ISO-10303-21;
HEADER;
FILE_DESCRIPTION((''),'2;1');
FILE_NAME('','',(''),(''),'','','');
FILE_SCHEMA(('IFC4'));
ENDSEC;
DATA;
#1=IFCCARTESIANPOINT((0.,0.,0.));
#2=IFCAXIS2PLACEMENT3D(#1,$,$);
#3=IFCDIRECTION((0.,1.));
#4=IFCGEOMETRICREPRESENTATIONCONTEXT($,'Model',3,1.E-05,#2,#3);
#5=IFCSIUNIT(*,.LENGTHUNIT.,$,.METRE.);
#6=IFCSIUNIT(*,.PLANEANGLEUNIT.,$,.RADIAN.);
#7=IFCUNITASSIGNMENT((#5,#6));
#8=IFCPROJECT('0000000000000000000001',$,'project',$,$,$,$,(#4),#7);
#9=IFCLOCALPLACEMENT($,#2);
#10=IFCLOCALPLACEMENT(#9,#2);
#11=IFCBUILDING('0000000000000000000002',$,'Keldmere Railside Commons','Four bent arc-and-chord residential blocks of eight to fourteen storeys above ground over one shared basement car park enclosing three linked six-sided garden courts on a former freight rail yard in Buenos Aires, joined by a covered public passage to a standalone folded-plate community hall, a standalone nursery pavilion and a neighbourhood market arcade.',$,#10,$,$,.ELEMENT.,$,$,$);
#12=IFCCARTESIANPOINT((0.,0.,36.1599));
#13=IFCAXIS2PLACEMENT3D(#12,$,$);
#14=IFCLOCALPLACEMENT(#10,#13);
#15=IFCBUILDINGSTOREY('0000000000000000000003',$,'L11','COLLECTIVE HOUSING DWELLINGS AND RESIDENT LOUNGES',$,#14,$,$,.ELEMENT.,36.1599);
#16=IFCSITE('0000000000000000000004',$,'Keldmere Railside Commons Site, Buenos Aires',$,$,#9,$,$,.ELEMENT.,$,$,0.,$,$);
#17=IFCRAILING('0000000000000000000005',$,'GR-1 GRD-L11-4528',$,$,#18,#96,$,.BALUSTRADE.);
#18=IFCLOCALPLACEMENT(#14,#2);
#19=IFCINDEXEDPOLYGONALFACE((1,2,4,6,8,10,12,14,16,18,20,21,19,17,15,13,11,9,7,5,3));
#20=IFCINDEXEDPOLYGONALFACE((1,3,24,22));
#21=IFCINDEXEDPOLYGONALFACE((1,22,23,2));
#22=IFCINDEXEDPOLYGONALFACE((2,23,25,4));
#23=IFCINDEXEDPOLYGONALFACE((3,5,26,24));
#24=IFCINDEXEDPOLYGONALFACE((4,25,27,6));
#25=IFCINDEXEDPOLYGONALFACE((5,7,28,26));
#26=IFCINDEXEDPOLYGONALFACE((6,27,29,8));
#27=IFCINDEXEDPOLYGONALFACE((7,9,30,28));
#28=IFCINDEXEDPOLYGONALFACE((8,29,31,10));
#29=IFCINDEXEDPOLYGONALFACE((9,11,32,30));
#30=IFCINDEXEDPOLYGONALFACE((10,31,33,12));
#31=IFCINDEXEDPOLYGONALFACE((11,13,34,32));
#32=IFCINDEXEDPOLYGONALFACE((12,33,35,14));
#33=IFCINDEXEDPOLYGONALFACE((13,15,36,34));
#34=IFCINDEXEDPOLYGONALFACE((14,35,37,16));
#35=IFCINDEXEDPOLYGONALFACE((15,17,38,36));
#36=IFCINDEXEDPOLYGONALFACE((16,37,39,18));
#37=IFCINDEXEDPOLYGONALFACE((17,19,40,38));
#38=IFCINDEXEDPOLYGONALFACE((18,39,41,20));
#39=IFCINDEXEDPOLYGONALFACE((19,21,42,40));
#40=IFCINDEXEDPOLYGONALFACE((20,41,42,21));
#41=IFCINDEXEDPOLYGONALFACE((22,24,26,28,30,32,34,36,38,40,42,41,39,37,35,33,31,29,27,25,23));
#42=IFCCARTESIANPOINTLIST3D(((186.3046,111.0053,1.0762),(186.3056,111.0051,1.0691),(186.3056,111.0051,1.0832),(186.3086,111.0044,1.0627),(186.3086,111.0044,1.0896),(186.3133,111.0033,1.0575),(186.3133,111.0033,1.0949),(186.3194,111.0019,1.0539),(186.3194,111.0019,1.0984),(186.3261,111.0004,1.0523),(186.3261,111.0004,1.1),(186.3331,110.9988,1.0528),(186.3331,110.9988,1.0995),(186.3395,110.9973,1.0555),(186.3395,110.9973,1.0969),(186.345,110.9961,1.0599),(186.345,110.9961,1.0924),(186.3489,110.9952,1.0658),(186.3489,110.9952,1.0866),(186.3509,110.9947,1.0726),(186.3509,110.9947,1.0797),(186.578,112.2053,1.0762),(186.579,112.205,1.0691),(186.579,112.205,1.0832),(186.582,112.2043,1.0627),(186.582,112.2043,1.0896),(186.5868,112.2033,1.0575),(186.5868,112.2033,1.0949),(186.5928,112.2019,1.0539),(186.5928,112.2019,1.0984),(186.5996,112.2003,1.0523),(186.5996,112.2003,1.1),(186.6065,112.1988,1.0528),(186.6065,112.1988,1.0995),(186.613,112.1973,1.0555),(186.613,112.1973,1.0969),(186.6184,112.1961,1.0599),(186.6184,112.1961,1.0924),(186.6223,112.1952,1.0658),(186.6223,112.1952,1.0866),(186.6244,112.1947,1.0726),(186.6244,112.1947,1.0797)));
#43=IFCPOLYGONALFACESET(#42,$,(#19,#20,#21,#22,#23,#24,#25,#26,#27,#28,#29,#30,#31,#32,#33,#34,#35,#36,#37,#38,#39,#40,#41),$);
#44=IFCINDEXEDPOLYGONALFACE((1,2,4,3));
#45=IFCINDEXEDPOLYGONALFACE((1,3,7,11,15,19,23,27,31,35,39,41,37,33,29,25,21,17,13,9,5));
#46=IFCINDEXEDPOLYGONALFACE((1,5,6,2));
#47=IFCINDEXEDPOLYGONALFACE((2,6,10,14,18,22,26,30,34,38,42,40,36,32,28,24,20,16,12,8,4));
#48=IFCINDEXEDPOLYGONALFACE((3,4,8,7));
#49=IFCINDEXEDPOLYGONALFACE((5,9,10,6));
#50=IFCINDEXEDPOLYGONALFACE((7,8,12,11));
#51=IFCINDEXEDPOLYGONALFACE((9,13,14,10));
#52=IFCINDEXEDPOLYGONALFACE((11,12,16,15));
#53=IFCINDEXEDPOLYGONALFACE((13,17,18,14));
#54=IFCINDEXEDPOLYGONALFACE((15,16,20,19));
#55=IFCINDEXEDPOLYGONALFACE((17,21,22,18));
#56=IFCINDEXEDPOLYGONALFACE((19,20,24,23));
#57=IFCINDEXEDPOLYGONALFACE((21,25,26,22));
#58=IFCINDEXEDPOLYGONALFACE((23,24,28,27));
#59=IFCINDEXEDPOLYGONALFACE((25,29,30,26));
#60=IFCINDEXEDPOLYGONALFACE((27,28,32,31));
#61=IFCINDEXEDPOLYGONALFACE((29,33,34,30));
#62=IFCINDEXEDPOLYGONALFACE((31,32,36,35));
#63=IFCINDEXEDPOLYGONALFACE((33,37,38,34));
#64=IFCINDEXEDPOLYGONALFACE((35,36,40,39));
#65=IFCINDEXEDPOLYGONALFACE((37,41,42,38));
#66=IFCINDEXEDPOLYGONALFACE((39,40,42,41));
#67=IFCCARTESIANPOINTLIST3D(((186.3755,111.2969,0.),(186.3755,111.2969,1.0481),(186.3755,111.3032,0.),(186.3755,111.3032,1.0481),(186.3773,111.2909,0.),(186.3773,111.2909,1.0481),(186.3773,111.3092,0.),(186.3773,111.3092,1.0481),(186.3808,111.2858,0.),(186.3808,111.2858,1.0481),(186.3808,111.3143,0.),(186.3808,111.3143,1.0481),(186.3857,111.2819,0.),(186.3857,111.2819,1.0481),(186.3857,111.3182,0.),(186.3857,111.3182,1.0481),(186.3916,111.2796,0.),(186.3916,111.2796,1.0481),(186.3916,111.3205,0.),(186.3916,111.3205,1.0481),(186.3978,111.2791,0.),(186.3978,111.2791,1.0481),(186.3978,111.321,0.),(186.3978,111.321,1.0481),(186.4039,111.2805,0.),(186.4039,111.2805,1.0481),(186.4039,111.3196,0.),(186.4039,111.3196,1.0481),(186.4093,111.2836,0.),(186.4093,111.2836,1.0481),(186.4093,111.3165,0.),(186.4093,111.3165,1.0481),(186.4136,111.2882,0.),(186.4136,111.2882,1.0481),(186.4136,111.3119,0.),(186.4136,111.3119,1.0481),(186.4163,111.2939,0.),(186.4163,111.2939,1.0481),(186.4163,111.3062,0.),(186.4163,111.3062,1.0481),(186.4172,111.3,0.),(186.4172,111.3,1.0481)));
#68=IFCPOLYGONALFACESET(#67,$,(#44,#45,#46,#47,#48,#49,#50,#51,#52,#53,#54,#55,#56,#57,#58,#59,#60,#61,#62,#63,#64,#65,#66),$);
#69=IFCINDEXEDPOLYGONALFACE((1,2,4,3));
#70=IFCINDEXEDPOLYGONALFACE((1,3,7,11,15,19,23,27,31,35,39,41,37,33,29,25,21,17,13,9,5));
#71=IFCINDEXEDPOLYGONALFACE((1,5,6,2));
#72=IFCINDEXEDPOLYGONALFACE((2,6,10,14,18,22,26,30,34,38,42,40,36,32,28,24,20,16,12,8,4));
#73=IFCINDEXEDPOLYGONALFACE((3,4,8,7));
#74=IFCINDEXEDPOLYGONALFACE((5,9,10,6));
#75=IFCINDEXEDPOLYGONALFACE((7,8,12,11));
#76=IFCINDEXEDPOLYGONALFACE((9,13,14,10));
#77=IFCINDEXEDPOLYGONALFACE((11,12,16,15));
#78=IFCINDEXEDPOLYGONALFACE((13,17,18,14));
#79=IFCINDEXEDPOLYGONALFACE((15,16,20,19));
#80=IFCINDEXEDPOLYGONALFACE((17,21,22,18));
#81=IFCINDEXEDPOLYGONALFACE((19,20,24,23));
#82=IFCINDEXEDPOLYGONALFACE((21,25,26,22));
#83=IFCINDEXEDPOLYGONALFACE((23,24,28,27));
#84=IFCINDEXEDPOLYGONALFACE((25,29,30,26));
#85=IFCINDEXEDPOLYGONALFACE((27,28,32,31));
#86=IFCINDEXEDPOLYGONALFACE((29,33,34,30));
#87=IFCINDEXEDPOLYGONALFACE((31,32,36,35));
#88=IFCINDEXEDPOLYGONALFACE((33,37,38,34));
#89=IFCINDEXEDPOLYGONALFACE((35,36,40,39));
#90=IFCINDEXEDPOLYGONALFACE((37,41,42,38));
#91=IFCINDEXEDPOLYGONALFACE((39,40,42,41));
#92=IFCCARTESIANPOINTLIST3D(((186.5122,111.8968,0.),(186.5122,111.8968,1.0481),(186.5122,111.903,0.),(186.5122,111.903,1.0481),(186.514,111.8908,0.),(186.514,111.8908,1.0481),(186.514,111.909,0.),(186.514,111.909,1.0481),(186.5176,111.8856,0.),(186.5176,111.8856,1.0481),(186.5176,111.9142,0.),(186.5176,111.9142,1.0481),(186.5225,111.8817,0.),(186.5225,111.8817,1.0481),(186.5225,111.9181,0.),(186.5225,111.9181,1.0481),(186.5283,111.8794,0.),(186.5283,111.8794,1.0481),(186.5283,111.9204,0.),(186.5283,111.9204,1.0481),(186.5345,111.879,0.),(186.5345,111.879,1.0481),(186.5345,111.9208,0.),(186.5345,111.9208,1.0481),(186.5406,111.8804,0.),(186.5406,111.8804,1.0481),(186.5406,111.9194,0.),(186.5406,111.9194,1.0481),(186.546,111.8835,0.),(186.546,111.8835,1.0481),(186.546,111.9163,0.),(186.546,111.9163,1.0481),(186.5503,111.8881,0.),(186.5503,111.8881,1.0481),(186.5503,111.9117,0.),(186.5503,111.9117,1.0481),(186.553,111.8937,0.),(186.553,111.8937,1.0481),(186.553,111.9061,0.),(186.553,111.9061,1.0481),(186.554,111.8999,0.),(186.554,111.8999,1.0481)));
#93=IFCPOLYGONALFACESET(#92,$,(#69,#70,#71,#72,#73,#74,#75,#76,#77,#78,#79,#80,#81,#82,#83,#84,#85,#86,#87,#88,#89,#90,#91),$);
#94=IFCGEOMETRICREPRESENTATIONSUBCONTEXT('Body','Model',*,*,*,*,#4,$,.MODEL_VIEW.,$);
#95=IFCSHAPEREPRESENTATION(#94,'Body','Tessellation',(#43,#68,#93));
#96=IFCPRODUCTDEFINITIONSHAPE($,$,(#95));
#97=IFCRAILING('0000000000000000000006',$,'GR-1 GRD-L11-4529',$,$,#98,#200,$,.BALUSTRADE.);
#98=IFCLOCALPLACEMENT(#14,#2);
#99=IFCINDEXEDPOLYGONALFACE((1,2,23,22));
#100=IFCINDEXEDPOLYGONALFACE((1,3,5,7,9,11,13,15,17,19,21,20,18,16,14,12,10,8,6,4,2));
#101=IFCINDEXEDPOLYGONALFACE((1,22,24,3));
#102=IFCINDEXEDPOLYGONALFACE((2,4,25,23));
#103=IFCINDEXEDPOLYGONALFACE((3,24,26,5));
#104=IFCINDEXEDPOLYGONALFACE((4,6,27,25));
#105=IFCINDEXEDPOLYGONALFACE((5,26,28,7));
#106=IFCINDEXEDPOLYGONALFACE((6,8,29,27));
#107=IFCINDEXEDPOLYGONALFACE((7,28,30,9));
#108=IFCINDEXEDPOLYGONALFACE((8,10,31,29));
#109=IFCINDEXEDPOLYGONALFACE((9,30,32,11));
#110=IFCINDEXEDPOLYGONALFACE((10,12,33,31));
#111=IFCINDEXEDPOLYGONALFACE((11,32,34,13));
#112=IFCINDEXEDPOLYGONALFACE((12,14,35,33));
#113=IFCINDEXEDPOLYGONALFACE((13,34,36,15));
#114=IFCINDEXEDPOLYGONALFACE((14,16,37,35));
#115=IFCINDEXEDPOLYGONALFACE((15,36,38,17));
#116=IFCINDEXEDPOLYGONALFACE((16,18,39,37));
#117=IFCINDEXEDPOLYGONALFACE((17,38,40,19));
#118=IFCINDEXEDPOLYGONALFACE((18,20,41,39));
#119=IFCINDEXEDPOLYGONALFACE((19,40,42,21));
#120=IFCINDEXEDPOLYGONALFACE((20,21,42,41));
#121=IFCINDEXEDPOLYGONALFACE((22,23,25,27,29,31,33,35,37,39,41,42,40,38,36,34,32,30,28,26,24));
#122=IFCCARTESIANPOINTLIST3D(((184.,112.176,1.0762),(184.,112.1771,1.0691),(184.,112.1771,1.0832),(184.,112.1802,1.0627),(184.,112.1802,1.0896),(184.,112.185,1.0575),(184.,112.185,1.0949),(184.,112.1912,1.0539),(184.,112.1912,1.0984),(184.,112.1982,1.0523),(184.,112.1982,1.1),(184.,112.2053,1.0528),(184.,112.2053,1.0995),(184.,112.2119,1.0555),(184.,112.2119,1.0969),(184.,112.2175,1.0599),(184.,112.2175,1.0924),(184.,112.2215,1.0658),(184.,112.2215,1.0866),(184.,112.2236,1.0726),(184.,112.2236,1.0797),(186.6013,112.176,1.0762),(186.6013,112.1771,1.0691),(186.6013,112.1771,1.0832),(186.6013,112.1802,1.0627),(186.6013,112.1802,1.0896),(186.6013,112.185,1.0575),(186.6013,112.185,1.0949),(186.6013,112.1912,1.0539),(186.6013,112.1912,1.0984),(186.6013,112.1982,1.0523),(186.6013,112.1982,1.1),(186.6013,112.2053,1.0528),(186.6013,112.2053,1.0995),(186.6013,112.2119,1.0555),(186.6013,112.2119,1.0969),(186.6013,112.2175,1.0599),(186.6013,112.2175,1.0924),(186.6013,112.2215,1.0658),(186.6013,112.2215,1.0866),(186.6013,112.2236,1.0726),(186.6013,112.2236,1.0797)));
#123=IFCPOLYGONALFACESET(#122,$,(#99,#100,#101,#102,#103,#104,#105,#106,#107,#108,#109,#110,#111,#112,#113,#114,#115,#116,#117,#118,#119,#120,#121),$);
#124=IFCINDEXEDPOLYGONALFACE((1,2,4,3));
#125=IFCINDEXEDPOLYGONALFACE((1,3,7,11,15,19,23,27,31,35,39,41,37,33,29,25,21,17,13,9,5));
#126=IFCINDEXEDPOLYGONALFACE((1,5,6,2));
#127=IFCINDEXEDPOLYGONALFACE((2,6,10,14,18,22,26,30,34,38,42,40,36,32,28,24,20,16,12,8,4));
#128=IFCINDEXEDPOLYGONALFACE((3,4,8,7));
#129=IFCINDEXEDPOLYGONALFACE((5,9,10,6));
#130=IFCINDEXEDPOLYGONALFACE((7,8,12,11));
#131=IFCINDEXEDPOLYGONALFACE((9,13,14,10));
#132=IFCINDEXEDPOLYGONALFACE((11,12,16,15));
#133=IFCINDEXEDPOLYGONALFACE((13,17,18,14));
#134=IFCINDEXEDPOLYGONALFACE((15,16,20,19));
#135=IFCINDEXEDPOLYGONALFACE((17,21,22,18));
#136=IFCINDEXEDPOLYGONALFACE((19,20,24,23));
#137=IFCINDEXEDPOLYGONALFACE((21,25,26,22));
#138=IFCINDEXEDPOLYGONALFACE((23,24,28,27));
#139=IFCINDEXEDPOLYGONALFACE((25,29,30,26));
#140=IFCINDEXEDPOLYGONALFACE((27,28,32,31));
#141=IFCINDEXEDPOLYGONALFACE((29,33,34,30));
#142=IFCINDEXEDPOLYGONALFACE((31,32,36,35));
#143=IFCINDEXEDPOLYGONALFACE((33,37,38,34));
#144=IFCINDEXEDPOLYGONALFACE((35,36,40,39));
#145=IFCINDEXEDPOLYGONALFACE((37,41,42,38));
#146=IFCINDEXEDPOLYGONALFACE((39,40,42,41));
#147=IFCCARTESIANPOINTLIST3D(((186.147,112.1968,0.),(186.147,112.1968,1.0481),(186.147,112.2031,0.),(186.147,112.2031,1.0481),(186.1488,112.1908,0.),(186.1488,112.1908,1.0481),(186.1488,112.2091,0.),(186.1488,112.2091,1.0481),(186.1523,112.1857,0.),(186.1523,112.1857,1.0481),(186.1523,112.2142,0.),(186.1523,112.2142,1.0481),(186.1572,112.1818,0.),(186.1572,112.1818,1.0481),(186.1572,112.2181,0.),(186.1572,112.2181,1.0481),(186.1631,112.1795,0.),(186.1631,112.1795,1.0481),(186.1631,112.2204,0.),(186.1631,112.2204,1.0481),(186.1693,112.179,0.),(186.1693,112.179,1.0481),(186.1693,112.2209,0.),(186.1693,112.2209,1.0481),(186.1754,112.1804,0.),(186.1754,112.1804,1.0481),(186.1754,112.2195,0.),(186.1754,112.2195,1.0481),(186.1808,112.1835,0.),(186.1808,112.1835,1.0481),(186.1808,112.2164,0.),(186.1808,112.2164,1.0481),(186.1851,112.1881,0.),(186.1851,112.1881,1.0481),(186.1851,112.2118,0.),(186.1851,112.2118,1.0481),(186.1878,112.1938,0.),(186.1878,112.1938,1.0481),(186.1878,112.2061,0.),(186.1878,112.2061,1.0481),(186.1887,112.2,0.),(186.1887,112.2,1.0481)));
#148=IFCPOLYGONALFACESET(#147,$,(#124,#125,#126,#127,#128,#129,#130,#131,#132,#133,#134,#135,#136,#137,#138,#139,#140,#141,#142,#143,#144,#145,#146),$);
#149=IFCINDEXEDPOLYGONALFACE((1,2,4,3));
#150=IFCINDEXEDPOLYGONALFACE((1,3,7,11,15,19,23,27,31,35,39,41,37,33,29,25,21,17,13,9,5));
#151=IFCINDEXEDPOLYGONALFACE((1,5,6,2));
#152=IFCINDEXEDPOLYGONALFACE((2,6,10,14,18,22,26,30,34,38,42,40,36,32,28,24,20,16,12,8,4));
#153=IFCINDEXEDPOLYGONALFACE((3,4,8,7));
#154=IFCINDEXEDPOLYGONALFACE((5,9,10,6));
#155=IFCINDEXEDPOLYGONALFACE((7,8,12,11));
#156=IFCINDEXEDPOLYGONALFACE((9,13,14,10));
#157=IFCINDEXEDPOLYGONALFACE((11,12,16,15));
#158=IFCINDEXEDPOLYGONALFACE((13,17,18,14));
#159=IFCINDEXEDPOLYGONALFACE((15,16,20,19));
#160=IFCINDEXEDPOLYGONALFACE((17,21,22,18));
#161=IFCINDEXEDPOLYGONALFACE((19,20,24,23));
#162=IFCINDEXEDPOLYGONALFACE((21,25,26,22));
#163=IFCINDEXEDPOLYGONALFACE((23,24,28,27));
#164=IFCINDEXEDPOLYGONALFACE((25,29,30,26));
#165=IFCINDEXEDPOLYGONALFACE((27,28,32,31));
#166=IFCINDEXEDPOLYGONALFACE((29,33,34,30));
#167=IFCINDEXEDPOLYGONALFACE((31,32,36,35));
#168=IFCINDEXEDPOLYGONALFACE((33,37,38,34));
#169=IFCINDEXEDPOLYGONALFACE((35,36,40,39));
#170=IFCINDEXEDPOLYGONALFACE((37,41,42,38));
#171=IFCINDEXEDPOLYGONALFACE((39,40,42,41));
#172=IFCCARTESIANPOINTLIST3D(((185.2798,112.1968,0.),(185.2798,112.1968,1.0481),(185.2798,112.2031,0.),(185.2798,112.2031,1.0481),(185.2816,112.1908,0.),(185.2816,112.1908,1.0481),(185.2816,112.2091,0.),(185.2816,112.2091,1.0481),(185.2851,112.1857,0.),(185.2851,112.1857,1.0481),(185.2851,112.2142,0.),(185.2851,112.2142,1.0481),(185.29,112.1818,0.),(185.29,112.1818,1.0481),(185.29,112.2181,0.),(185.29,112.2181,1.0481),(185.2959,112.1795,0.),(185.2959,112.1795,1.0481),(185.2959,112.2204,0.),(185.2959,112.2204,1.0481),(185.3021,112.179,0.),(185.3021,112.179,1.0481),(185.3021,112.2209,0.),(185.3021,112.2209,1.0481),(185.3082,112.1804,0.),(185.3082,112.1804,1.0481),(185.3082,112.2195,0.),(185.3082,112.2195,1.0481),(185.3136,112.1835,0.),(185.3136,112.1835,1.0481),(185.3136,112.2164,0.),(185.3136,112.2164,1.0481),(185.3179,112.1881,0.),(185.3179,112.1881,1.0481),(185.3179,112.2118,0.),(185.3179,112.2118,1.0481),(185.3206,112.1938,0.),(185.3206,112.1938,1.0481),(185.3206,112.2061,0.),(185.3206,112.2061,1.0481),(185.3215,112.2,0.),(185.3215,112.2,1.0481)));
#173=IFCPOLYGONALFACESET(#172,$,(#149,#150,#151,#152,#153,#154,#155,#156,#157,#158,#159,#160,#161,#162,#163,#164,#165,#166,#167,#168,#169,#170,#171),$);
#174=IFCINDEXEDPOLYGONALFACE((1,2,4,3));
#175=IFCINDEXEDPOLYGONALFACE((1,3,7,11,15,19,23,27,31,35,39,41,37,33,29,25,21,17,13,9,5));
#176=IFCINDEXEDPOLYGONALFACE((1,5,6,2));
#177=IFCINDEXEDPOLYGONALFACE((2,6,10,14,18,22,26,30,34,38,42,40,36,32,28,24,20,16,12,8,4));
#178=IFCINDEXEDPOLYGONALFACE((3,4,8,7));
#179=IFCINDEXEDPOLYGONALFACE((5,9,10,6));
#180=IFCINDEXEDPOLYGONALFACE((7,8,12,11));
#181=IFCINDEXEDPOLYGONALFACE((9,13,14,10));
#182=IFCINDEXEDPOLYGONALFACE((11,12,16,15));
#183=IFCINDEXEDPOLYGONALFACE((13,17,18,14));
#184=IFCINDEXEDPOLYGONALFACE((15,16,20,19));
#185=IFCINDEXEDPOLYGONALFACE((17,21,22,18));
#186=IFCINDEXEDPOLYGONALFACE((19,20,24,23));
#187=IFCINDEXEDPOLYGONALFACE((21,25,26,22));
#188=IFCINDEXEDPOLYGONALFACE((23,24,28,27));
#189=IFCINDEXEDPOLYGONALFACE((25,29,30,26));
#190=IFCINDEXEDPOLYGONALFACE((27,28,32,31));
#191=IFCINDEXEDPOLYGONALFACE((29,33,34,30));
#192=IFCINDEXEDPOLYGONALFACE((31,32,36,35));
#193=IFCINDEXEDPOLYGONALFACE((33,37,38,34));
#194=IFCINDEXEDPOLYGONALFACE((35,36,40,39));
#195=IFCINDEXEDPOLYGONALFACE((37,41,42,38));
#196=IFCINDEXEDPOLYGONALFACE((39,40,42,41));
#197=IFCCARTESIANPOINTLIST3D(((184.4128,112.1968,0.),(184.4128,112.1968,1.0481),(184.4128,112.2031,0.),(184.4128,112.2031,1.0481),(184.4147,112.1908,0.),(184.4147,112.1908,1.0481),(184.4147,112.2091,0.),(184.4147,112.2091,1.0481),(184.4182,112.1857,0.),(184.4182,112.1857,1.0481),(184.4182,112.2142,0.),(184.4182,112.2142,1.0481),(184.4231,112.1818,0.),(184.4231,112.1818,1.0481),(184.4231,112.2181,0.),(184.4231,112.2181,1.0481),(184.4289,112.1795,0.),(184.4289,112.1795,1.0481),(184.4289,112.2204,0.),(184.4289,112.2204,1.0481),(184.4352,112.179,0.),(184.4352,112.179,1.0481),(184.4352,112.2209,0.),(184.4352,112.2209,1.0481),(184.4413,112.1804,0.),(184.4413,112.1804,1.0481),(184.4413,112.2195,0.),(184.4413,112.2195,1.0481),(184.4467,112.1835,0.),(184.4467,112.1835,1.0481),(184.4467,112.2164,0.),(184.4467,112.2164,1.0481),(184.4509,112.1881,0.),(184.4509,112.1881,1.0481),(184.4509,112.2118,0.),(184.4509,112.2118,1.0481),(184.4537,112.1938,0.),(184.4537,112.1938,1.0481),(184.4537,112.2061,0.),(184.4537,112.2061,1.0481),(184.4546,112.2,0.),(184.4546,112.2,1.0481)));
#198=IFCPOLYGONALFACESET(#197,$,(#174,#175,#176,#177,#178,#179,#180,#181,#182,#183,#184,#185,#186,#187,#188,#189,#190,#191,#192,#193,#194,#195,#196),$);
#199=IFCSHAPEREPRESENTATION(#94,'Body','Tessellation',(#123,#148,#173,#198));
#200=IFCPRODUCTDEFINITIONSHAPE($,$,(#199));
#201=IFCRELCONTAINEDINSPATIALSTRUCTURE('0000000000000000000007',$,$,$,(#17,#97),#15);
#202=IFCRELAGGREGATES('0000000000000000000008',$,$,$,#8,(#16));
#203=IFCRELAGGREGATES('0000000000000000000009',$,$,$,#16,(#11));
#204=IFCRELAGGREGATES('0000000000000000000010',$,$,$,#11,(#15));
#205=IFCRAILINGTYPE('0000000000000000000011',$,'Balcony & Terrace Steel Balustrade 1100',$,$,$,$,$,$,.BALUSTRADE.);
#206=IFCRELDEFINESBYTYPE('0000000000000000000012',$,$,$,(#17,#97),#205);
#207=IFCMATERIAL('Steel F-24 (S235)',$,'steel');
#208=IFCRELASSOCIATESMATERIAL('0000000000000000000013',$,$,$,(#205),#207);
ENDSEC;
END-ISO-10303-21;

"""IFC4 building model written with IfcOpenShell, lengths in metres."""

from ifc_helpers import new_model, si_unit, direction, frame, origin, origin_2d, place, context, subcontext, project, spatial, circle, extrude, material, type_object, element, save


model = new_model("IFC4")

# Units and contexts
model_context = context("Model", 3, precision=1e-05, world=origin(), true_north=direction((0.0, 1.0)))
body_context = subcontext(model_context, "Body", "Model", "MODEL_VIEW")
ifc_project = project(units=[si_unit("LENGTHUNIT", "METRE"), si_unit("PLANEANGLEUNIT", "RADIAN")], contexts=[model_context])

# Site, building, storey
site_placement = place(None, origin())
site = spatial("IfcSite", under=ifc_project, at=site_placement, Name="Keldmere Railside Commons Site, Buenos Aires", CompositionType="ELEMENT", RefElevation=0.0)
building_placement = place(site_placement, origin())
building = spatial("IfcBuilding", under=site, at=building_placement, Name="Keldmere Railside Commons", Description="Four bent arc-and-chord residential blocks of eight to fourteen storeys above ground over one shared basement car park enclosing three linked six-sided garden courts on a former freight rail yard in Buenos Aires, joined by a covered public passage to a standalone folded-plate community hall, a standalone nursery pavilion and a neighbourhood market arcade.", CompositionType="ELEMENT")
storey_placement = place(building_placement, frame((0.0, 0.0, 36.1599)))
storey = spatial("IfcBuildingStorey", under=building, at=storey_placement, Name="L11", Description="COLLECTIVE HOUSING DWELLINGS AND RESIDENT LOUNGES", CompositionType="ELEMENT", Elevation=36.1599)

# Railings
ifc_material_1 = material(Name="Steel F-24 (S235)", Category="steel")
railing_type = type_object("IfcRailingType", Name="Balcony & Terrace Steel Balustrade 1100", PredefinedType="BALUSTRADE", material=ifc_material_1)
railing_1_placement = place(storey_placement, frame((186.3279, 111.0, 0.0)))
element("IfcRailing", 1, at=railing_1_placement, inside=storey, type_object=railing_type, Name="GR-1 GRD-L11-4528", PredefinedType="BALUSTRADE", context=body_context, shape_type="SweptSolid", body=[
    extrude(circle(Radius=0.0239, at=origin_2d()), frame((0.0, 0.0, 1.0762), z_axis=(0.222178, 0.975006, 0.0), x_axis=(-0.975006, 0.222178, 0.0)), (0.0, 0.0, 1.0), 1.2307),
    extrude(circle(Radius=0.021, at=origin_2d()), frame((0.0684, 0.3, 0.0)), (0.0, 0.0, 1.0), 1.0481),
    extrude(circle(Radius=0.021, at=origin_2d()), frame((0.2051, 0.8999, 0.0)), (0.0, 0.0, 1.0), 1.0481),
])
railing_2_placement = place(storey_placement, frame((186.6013, 112.2, 0.0)))
element("IfcRailing", 2, at=railing_2_placement, inside=storey, type_object=railing_type, Name="GR-1 GRD-L11-4529", PredefinedType="BALUSTRADE", context=body_context, shape_type="SweptSolid", body=[
    extrude(circle(Radius=0.0239, at=origin_2d()), frame((0.0, 0.0, 1.0762), z_axis=(-1.0, 0.0, 0.0), x_axis=(0.0, -1.0, 0.0)), (0.0, 0.0, 1.0), 2.6013),
    extrude(circle(Radius=0.021, at=origin_2d()), frame((-0.4336, 0.0, 0.0)), (0.0, 0.0, 1.0), 1.0481),
    extrude(circle(Radius=0.021, at=origin_2d()), frame((-1.3008, 0.0, 0.0)), (0.0, 0.0, 1.0), 1.0481),
    extrude(circle(Radius=0.021, at=origin_2d()), frame((-2.1677, 0.0, 0.0)), (0.0, 0.0, 1.0), 1.0481),
])

save(model, "model.ifc")
